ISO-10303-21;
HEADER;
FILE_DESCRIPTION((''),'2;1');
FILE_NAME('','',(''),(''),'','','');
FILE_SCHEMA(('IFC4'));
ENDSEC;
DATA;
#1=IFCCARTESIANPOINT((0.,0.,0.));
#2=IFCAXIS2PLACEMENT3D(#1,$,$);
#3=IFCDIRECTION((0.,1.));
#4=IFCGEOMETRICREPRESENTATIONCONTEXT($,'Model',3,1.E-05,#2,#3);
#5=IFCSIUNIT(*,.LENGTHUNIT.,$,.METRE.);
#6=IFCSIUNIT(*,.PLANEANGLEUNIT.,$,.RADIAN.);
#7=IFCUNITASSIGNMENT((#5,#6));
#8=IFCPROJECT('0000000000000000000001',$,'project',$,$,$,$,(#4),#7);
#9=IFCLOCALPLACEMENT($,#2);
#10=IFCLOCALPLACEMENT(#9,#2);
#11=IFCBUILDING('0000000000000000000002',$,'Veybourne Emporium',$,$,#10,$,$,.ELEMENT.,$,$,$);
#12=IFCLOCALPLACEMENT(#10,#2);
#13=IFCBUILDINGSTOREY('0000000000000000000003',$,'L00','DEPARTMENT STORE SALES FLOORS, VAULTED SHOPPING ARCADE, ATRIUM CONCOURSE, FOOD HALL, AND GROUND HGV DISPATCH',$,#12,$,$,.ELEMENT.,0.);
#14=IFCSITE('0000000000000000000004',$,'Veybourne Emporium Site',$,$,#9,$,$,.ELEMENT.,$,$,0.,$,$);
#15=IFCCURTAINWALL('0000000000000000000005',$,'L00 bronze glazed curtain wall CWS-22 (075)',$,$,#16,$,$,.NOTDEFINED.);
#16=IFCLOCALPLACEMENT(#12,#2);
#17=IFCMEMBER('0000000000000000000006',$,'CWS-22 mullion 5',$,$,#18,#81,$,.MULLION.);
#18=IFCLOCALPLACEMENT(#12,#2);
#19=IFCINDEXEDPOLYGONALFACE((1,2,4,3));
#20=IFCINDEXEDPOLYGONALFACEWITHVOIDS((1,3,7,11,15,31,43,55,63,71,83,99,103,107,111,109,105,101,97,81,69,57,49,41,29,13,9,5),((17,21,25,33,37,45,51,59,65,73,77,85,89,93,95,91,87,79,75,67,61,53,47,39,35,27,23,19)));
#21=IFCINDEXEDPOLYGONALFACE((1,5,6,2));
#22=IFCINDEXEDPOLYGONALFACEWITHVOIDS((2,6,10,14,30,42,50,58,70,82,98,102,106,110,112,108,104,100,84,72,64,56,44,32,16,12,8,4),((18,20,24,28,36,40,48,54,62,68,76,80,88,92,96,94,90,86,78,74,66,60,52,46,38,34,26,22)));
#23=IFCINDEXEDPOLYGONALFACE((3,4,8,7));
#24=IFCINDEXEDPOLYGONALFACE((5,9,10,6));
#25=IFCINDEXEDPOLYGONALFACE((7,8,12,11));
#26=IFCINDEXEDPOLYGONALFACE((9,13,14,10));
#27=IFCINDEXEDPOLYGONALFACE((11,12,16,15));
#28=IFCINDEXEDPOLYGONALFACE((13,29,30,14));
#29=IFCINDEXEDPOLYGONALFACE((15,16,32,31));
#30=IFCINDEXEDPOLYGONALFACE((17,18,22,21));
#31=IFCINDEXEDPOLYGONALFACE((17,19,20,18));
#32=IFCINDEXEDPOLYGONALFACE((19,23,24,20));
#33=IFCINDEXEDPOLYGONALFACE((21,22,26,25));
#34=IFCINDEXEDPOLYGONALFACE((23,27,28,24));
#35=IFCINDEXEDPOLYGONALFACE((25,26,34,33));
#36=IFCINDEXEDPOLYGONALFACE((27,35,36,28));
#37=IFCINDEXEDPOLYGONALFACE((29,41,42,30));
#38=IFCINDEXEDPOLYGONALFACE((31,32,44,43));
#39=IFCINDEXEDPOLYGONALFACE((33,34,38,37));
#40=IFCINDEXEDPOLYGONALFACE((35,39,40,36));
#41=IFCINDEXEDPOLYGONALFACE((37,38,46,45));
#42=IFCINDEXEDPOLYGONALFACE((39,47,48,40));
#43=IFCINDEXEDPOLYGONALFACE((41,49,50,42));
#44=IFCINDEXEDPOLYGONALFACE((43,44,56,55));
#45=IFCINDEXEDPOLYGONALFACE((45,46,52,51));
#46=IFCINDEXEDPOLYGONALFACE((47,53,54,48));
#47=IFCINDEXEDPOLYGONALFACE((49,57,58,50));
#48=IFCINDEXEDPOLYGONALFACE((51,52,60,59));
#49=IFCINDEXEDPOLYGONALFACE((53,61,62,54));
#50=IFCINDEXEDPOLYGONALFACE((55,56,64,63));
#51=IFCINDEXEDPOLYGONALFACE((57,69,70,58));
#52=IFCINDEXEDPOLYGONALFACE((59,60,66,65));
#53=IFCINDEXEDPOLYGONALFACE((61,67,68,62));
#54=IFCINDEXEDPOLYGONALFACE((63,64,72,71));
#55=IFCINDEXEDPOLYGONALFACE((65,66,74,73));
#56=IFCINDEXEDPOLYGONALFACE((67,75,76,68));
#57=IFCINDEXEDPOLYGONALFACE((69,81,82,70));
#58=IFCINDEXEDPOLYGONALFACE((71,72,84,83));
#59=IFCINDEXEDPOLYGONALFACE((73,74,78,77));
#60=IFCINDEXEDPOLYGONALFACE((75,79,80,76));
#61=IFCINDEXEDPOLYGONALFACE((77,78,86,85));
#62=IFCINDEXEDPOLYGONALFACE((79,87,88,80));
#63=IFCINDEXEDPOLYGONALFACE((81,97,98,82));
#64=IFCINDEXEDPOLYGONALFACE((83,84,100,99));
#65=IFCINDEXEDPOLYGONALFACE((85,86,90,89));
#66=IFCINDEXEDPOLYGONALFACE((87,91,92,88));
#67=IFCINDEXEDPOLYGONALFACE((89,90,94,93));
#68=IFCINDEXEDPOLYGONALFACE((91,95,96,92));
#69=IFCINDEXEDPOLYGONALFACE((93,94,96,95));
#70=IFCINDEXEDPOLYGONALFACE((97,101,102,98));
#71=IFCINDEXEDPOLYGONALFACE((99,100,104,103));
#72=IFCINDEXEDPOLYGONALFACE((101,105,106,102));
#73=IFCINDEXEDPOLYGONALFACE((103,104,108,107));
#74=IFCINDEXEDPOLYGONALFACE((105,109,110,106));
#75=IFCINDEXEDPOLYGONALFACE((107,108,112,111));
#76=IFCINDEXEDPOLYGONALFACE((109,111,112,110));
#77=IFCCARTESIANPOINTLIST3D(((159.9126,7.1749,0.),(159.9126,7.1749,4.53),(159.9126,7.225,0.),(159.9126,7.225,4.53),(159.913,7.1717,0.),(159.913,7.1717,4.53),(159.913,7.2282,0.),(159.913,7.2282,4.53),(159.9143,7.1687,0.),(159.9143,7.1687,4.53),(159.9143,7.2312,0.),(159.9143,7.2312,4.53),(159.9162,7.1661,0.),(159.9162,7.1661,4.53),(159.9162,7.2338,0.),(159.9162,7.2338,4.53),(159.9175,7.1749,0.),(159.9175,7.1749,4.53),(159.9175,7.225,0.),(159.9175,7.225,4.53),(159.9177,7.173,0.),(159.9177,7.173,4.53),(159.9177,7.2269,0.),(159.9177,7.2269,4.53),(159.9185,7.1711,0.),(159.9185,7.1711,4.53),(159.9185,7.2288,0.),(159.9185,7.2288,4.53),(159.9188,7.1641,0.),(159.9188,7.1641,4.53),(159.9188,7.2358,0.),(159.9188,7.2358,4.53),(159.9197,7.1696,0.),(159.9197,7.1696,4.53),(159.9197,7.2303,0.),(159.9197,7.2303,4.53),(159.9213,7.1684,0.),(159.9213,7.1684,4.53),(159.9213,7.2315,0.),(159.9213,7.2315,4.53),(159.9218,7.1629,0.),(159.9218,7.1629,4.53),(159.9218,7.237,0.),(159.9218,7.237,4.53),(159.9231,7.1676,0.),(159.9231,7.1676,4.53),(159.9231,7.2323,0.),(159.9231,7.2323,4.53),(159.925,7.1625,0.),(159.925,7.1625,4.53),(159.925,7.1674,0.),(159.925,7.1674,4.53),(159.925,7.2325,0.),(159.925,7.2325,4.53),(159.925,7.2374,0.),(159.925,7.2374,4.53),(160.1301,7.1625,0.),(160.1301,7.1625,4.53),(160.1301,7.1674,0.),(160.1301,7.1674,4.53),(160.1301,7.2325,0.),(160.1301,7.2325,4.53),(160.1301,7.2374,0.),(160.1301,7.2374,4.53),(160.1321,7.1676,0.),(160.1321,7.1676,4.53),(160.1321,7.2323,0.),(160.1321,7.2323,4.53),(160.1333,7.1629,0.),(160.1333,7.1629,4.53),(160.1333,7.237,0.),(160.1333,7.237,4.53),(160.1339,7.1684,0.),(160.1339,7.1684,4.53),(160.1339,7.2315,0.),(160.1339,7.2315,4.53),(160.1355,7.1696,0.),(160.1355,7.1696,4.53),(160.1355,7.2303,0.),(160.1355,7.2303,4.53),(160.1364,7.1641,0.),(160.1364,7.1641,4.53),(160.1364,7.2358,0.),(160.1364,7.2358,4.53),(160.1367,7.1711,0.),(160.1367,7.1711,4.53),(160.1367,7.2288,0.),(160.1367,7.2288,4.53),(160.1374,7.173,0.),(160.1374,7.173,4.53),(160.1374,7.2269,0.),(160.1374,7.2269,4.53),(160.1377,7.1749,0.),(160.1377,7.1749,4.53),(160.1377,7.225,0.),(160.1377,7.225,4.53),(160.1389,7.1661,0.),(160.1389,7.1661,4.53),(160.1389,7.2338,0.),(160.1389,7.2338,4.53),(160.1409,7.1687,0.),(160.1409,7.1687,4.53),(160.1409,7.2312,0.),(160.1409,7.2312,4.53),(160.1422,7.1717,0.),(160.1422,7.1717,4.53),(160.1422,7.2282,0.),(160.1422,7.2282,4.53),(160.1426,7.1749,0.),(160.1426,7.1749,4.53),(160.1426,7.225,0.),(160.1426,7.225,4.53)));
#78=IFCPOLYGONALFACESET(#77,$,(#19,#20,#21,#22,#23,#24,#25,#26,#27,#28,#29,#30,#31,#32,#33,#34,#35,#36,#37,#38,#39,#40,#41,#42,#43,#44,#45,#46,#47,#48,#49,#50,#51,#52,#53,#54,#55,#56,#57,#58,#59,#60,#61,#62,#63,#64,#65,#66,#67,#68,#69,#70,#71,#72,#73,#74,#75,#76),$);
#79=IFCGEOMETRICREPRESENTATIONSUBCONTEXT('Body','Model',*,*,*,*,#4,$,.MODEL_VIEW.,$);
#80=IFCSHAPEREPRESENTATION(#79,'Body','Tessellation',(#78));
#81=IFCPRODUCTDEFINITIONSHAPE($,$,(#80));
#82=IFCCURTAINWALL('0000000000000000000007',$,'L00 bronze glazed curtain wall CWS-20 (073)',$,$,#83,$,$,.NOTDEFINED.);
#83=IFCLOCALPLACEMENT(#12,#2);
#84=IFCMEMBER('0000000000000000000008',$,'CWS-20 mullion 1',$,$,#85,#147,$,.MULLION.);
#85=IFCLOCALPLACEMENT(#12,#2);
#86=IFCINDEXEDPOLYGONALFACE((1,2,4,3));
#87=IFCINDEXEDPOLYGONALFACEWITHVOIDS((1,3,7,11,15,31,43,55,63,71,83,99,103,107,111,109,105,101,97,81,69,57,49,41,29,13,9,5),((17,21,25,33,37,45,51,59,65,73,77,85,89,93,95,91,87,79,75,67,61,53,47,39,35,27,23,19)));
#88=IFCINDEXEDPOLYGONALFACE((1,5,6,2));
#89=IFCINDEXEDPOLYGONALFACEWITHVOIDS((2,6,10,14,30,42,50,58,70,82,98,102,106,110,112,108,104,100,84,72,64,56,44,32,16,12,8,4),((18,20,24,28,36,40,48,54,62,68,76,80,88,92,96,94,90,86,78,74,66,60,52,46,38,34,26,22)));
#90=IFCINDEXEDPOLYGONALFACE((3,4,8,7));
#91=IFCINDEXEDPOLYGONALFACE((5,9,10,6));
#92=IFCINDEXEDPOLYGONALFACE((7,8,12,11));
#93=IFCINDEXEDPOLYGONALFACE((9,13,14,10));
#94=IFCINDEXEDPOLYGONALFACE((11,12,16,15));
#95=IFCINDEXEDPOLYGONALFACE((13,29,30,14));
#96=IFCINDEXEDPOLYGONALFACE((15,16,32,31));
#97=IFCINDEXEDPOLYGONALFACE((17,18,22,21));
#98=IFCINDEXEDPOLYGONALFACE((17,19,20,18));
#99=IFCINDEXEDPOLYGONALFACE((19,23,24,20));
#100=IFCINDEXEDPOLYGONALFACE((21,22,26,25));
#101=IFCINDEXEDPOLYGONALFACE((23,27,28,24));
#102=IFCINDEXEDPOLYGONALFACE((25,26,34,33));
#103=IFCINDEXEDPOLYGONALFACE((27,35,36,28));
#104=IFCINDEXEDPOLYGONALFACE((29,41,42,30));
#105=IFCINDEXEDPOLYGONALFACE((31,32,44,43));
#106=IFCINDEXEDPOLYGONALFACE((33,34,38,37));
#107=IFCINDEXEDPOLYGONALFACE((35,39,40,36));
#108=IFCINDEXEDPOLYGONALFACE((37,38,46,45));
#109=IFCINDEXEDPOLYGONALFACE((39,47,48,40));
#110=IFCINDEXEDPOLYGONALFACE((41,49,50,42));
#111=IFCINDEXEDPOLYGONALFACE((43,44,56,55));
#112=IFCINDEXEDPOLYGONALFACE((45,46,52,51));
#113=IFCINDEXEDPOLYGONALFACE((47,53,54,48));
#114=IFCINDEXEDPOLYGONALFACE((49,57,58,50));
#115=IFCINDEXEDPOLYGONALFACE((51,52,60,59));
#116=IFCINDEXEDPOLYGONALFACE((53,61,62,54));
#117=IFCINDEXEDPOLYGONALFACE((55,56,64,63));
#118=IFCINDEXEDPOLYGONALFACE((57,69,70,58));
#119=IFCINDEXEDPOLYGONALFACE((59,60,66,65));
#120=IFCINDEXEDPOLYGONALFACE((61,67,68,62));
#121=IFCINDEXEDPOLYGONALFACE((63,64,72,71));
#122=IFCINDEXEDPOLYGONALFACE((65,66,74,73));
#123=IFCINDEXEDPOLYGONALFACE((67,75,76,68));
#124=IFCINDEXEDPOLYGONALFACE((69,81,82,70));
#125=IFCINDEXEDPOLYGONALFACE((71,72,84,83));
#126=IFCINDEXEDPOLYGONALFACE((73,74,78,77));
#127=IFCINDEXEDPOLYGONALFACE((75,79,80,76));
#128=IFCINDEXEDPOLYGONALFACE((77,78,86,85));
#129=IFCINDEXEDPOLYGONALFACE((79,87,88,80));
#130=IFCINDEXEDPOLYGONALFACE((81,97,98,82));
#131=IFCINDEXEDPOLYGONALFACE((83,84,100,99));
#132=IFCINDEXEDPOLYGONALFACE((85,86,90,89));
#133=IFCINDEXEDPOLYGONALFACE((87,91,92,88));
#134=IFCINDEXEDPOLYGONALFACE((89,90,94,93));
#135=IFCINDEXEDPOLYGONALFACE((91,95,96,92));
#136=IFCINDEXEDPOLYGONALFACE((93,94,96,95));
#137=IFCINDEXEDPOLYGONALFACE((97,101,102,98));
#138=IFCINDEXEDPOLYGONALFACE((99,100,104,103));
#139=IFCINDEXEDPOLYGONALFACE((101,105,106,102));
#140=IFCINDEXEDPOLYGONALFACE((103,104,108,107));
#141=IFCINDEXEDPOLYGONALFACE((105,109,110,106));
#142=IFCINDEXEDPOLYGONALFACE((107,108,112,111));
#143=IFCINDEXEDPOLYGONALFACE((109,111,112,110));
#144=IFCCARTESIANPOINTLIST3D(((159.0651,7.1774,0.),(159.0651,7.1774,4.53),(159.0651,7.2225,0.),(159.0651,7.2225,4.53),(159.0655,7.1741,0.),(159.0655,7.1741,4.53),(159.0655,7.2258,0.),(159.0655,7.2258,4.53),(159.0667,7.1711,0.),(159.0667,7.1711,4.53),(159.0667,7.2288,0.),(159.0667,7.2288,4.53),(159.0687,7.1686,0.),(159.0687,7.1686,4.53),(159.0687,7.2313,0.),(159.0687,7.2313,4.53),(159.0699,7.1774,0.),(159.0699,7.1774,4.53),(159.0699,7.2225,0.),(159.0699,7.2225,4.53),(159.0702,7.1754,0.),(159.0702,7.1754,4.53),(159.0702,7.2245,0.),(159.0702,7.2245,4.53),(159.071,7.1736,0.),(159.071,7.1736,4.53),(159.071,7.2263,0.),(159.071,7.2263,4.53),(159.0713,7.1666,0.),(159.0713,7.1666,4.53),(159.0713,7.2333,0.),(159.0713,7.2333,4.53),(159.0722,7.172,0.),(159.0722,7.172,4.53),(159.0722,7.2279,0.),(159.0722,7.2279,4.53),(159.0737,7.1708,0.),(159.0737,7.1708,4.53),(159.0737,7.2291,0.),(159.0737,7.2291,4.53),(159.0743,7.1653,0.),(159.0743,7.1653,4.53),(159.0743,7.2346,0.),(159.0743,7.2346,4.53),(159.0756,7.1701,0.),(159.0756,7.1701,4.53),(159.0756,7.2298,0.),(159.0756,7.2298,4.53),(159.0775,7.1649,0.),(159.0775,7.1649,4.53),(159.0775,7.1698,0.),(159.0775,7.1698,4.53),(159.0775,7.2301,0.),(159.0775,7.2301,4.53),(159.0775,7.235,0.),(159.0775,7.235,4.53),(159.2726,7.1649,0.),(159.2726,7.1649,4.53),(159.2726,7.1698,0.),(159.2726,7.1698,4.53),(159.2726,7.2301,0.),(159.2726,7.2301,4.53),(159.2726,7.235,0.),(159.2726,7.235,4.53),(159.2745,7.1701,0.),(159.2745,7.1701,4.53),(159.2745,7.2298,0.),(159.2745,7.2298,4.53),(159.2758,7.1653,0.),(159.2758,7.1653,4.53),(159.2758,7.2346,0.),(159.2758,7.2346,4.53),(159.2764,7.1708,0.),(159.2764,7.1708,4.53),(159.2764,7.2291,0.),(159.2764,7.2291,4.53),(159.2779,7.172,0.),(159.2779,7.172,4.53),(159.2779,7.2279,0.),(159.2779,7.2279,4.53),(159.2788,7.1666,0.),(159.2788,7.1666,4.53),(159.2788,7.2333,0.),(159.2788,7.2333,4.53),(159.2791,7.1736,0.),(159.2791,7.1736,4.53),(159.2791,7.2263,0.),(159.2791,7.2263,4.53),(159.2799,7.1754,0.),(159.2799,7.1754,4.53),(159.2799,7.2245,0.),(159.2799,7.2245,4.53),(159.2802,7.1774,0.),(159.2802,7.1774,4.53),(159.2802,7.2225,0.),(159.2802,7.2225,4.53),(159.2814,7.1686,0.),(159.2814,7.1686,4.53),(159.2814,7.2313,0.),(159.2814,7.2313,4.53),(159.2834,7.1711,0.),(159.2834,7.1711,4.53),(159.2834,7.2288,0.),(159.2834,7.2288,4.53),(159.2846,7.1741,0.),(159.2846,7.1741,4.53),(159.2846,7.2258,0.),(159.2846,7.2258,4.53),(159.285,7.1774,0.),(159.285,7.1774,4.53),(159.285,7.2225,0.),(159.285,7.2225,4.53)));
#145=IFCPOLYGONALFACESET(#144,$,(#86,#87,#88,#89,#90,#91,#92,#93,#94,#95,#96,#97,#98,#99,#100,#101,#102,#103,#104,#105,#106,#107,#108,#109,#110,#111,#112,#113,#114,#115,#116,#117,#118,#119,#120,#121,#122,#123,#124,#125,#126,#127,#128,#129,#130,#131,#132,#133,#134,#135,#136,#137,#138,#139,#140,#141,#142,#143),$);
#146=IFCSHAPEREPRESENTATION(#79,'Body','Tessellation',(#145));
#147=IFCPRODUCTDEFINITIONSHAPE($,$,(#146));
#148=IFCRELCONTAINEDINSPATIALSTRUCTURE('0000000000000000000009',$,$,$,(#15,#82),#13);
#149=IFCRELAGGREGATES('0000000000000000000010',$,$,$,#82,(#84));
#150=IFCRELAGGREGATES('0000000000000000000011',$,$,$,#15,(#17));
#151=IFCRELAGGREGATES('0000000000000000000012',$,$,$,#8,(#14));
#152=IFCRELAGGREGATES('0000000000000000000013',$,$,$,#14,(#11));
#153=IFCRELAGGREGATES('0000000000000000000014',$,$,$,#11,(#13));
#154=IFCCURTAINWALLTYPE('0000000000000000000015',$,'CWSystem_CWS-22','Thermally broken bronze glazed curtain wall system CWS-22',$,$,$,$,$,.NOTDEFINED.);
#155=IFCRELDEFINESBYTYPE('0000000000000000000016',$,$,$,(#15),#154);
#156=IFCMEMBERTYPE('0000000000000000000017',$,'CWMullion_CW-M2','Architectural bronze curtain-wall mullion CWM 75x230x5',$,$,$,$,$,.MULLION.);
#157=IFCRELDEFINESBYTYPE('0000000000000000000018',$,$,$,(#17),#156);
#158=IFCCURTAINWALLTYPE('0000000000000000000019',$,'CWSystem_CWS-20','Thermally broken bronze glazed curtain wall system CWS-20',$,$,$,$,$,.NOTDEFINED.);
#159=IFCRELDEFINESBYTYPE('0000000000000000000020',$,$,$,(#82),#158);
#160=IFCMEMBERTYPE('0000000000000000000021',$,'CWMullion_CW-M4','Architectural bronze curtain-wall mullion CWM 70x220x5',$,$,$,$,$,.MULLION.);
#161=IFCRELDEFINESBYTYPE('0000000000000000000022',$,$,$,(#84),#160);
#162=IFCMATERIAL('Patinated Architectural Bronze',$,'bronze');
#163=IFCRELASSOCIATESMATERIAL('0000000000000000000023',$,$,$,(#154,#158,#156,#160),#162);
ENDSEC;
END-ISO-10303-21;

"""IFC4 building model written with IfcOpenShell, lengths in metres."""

from ifc_helpers import new_model, si_unit, direction, frame, origin, origin_2d, place, context, subcontext, project, spatial, hollow_rectangle, extrude, material, material_profile, profile_set, type_object, element, aggregate, save


model = new_model("IFC4")

# Units and contexts
model_context = context("Model", 3, precision=1e-05, world=origin(), true_north=direction((0.0, 1.0)))
body_context = subcontext(model_context, "Body", "Model", "MODEL_VIEW")
ifc_project = project(units=[si_unit("LENGTHUNIT", "METRE"), si_unit("PLANEANGLEUNIT", "RADIAN")], contexts=[model_context])

# Site, building, storey
site_placement = place(None, origin())
site = spatial("IfcSite", under=ifc_project, at=site_placement, Name="Veybourne Emporium Site", CompositionType="ELEMENT", RefElevation=0.0)
building_placement = place(site_placement, origin())
building = spatial("IfcBuilding", under=site, at=building_placement, Name="Veybourne Emporium", CompositionType="ELEMENT")
storey_placement = place(building_placement, origin())
storey = spatial("IfcBuildingStorey", under=building, at=storey_placement, Name="L00", Description="DEPARTMENT STORE SALES FLOORS, VAULTED SHOPPING ARCADE, ATRIUM CONCOURSE, FOOD HALL, AND GROUND HGV DISPATCH", CompositionType="ELEMENT", Elevation=0.0)

# Curtain walls, members
ifc_material_1 = material(Name="Patinated Architectural Bronze", Category="bronze")
curtain_wall_type_1 = type_object("IfcCurtainWallType", Name="CWSystem_CWS-22", Description="Thermally broken bronze glazed curtain wall system CWS-22", PredefinedType="NOTDEFINED", material=ifc_material_1)
curtain_wall_1_placement = place(storey_placement, origin())
curtain_wall_1 = element("IfcCurtainWall", 1, at=curtain_wall_1_placement, inside=storey, type_object=curtain_wall_type_1, Name="L00 bronze glazed curtain wall CWS-22 (075)", PredefinedType="NOTDEFINED")
ifc_material_profile_1 = material_profile(ifc_material_1, hollow_rectangle(XDim=0.075, YDim=0.23, WallThickness=0.0049, InnerFilletRadius=0.0076, OuterFilletRadius=0.0125, at=origin_2d()), Name="CWM 75x230x5")
ifc_profile_set_1 = profile_set([ifc_material_profile_1], Name="Patinated Architectural Bronze")
member_type_1 = type_object("IfcMemberType", Name="CWMullion_CW-M2", Description="Architectural bronze curtain-wall mullion CWM 75x230x5", PredefinedType="MULLION", material=ifc_profile_set_1)
member_1_placement = place(storey_placement, frame((160.0276, 7.2, 0.0), z_axis=(0.0, 0.0, 1.0), x_axis=(0.0, -1.0, 0.0)))
member_1 = element("IfcMember", 2, at=member_1_placement, type_object=member_type_1, Name="CWS-22 mullion 5", PredefinedType="MULLION", context=body_context, shape_type="SweptSolid", body=[
    extrude(hollow_rectangle(XDim=0.075, YDim=0.23, WallThickness=0.0049, InnerFilletRadius=0.0076, OuterFilletRadius=0.0125, at=origin_2d()), origin(), (0.0, 0.0, 1.0), 4.53),
])
curtain_wall_type_2 = type_object("IfcCurtainWallType", Name="CWSystem_CWS-20", Description="Thermally broken bronze glazed curtain wall system CWS-20", PredefinedType="NOTDEFINED", material=ifc_material_1)
curtain_wall_2_placement = place(storey_placement, origin())
curtain_wall_2 = element("IfcCurtainWall", 3, at=curtain_wall_2_placement, inside=storey, type_object=curtain_wall_type_2, Name="L00 bronze glazed curtain wall CWS-20 (073)", PredefinedType="NOTDEFINED")
ifc_material_profile_2 = material_profile(ifc_material_1, hollow_rectangle(XDim=0.0701, YDim=0.22, WallThickness=0.0049, InnerFilletRadius=0.0076, OuterFilletRadius=0.0125, at=origin_2d()), Name="CWM 70x220x5")
ifc_profile_set_2 = profile_set([ifc_material_profile_2], Name="Patinated Architectural Bronze")
member_type_2 = type_object("IfcMemberType", Name="CWMullion_CW-M4", Description="Architectural bronze curtain-wall mullion CWM 70x220x5", PredefinedType="MULLION", material=ifc_profile_set_2)
member_2_placement = place(storey_placement, frame((159.175, 7.2, 0.0), z_axis=(0.0, 0.0, 1.0), x_axis=(0.0, -1.0, 0.0)))
member_2 = element("IfcMember", 4, at=member_2_placement, type_object=member_type_2, Name="CWS-20 mullion 1", PredefinedType="MULLION", context=body_context, shape_type="SweptSolid", body=[
    extrude(hollow_rectangle(XDim=0.0701, YDim=0.22, WallThickness=0.0049, InnerFilletRadius=0.0076, OuterFilletRadius=0.0125, at=origin_2d()), origin(), (0.0, 0.0, 1.0), 4.53),
])

aggregate(curtain_wall_2, [member_2])
aggregate(curtain_wall_1, [member_1])

save(model, "model.ifc")
